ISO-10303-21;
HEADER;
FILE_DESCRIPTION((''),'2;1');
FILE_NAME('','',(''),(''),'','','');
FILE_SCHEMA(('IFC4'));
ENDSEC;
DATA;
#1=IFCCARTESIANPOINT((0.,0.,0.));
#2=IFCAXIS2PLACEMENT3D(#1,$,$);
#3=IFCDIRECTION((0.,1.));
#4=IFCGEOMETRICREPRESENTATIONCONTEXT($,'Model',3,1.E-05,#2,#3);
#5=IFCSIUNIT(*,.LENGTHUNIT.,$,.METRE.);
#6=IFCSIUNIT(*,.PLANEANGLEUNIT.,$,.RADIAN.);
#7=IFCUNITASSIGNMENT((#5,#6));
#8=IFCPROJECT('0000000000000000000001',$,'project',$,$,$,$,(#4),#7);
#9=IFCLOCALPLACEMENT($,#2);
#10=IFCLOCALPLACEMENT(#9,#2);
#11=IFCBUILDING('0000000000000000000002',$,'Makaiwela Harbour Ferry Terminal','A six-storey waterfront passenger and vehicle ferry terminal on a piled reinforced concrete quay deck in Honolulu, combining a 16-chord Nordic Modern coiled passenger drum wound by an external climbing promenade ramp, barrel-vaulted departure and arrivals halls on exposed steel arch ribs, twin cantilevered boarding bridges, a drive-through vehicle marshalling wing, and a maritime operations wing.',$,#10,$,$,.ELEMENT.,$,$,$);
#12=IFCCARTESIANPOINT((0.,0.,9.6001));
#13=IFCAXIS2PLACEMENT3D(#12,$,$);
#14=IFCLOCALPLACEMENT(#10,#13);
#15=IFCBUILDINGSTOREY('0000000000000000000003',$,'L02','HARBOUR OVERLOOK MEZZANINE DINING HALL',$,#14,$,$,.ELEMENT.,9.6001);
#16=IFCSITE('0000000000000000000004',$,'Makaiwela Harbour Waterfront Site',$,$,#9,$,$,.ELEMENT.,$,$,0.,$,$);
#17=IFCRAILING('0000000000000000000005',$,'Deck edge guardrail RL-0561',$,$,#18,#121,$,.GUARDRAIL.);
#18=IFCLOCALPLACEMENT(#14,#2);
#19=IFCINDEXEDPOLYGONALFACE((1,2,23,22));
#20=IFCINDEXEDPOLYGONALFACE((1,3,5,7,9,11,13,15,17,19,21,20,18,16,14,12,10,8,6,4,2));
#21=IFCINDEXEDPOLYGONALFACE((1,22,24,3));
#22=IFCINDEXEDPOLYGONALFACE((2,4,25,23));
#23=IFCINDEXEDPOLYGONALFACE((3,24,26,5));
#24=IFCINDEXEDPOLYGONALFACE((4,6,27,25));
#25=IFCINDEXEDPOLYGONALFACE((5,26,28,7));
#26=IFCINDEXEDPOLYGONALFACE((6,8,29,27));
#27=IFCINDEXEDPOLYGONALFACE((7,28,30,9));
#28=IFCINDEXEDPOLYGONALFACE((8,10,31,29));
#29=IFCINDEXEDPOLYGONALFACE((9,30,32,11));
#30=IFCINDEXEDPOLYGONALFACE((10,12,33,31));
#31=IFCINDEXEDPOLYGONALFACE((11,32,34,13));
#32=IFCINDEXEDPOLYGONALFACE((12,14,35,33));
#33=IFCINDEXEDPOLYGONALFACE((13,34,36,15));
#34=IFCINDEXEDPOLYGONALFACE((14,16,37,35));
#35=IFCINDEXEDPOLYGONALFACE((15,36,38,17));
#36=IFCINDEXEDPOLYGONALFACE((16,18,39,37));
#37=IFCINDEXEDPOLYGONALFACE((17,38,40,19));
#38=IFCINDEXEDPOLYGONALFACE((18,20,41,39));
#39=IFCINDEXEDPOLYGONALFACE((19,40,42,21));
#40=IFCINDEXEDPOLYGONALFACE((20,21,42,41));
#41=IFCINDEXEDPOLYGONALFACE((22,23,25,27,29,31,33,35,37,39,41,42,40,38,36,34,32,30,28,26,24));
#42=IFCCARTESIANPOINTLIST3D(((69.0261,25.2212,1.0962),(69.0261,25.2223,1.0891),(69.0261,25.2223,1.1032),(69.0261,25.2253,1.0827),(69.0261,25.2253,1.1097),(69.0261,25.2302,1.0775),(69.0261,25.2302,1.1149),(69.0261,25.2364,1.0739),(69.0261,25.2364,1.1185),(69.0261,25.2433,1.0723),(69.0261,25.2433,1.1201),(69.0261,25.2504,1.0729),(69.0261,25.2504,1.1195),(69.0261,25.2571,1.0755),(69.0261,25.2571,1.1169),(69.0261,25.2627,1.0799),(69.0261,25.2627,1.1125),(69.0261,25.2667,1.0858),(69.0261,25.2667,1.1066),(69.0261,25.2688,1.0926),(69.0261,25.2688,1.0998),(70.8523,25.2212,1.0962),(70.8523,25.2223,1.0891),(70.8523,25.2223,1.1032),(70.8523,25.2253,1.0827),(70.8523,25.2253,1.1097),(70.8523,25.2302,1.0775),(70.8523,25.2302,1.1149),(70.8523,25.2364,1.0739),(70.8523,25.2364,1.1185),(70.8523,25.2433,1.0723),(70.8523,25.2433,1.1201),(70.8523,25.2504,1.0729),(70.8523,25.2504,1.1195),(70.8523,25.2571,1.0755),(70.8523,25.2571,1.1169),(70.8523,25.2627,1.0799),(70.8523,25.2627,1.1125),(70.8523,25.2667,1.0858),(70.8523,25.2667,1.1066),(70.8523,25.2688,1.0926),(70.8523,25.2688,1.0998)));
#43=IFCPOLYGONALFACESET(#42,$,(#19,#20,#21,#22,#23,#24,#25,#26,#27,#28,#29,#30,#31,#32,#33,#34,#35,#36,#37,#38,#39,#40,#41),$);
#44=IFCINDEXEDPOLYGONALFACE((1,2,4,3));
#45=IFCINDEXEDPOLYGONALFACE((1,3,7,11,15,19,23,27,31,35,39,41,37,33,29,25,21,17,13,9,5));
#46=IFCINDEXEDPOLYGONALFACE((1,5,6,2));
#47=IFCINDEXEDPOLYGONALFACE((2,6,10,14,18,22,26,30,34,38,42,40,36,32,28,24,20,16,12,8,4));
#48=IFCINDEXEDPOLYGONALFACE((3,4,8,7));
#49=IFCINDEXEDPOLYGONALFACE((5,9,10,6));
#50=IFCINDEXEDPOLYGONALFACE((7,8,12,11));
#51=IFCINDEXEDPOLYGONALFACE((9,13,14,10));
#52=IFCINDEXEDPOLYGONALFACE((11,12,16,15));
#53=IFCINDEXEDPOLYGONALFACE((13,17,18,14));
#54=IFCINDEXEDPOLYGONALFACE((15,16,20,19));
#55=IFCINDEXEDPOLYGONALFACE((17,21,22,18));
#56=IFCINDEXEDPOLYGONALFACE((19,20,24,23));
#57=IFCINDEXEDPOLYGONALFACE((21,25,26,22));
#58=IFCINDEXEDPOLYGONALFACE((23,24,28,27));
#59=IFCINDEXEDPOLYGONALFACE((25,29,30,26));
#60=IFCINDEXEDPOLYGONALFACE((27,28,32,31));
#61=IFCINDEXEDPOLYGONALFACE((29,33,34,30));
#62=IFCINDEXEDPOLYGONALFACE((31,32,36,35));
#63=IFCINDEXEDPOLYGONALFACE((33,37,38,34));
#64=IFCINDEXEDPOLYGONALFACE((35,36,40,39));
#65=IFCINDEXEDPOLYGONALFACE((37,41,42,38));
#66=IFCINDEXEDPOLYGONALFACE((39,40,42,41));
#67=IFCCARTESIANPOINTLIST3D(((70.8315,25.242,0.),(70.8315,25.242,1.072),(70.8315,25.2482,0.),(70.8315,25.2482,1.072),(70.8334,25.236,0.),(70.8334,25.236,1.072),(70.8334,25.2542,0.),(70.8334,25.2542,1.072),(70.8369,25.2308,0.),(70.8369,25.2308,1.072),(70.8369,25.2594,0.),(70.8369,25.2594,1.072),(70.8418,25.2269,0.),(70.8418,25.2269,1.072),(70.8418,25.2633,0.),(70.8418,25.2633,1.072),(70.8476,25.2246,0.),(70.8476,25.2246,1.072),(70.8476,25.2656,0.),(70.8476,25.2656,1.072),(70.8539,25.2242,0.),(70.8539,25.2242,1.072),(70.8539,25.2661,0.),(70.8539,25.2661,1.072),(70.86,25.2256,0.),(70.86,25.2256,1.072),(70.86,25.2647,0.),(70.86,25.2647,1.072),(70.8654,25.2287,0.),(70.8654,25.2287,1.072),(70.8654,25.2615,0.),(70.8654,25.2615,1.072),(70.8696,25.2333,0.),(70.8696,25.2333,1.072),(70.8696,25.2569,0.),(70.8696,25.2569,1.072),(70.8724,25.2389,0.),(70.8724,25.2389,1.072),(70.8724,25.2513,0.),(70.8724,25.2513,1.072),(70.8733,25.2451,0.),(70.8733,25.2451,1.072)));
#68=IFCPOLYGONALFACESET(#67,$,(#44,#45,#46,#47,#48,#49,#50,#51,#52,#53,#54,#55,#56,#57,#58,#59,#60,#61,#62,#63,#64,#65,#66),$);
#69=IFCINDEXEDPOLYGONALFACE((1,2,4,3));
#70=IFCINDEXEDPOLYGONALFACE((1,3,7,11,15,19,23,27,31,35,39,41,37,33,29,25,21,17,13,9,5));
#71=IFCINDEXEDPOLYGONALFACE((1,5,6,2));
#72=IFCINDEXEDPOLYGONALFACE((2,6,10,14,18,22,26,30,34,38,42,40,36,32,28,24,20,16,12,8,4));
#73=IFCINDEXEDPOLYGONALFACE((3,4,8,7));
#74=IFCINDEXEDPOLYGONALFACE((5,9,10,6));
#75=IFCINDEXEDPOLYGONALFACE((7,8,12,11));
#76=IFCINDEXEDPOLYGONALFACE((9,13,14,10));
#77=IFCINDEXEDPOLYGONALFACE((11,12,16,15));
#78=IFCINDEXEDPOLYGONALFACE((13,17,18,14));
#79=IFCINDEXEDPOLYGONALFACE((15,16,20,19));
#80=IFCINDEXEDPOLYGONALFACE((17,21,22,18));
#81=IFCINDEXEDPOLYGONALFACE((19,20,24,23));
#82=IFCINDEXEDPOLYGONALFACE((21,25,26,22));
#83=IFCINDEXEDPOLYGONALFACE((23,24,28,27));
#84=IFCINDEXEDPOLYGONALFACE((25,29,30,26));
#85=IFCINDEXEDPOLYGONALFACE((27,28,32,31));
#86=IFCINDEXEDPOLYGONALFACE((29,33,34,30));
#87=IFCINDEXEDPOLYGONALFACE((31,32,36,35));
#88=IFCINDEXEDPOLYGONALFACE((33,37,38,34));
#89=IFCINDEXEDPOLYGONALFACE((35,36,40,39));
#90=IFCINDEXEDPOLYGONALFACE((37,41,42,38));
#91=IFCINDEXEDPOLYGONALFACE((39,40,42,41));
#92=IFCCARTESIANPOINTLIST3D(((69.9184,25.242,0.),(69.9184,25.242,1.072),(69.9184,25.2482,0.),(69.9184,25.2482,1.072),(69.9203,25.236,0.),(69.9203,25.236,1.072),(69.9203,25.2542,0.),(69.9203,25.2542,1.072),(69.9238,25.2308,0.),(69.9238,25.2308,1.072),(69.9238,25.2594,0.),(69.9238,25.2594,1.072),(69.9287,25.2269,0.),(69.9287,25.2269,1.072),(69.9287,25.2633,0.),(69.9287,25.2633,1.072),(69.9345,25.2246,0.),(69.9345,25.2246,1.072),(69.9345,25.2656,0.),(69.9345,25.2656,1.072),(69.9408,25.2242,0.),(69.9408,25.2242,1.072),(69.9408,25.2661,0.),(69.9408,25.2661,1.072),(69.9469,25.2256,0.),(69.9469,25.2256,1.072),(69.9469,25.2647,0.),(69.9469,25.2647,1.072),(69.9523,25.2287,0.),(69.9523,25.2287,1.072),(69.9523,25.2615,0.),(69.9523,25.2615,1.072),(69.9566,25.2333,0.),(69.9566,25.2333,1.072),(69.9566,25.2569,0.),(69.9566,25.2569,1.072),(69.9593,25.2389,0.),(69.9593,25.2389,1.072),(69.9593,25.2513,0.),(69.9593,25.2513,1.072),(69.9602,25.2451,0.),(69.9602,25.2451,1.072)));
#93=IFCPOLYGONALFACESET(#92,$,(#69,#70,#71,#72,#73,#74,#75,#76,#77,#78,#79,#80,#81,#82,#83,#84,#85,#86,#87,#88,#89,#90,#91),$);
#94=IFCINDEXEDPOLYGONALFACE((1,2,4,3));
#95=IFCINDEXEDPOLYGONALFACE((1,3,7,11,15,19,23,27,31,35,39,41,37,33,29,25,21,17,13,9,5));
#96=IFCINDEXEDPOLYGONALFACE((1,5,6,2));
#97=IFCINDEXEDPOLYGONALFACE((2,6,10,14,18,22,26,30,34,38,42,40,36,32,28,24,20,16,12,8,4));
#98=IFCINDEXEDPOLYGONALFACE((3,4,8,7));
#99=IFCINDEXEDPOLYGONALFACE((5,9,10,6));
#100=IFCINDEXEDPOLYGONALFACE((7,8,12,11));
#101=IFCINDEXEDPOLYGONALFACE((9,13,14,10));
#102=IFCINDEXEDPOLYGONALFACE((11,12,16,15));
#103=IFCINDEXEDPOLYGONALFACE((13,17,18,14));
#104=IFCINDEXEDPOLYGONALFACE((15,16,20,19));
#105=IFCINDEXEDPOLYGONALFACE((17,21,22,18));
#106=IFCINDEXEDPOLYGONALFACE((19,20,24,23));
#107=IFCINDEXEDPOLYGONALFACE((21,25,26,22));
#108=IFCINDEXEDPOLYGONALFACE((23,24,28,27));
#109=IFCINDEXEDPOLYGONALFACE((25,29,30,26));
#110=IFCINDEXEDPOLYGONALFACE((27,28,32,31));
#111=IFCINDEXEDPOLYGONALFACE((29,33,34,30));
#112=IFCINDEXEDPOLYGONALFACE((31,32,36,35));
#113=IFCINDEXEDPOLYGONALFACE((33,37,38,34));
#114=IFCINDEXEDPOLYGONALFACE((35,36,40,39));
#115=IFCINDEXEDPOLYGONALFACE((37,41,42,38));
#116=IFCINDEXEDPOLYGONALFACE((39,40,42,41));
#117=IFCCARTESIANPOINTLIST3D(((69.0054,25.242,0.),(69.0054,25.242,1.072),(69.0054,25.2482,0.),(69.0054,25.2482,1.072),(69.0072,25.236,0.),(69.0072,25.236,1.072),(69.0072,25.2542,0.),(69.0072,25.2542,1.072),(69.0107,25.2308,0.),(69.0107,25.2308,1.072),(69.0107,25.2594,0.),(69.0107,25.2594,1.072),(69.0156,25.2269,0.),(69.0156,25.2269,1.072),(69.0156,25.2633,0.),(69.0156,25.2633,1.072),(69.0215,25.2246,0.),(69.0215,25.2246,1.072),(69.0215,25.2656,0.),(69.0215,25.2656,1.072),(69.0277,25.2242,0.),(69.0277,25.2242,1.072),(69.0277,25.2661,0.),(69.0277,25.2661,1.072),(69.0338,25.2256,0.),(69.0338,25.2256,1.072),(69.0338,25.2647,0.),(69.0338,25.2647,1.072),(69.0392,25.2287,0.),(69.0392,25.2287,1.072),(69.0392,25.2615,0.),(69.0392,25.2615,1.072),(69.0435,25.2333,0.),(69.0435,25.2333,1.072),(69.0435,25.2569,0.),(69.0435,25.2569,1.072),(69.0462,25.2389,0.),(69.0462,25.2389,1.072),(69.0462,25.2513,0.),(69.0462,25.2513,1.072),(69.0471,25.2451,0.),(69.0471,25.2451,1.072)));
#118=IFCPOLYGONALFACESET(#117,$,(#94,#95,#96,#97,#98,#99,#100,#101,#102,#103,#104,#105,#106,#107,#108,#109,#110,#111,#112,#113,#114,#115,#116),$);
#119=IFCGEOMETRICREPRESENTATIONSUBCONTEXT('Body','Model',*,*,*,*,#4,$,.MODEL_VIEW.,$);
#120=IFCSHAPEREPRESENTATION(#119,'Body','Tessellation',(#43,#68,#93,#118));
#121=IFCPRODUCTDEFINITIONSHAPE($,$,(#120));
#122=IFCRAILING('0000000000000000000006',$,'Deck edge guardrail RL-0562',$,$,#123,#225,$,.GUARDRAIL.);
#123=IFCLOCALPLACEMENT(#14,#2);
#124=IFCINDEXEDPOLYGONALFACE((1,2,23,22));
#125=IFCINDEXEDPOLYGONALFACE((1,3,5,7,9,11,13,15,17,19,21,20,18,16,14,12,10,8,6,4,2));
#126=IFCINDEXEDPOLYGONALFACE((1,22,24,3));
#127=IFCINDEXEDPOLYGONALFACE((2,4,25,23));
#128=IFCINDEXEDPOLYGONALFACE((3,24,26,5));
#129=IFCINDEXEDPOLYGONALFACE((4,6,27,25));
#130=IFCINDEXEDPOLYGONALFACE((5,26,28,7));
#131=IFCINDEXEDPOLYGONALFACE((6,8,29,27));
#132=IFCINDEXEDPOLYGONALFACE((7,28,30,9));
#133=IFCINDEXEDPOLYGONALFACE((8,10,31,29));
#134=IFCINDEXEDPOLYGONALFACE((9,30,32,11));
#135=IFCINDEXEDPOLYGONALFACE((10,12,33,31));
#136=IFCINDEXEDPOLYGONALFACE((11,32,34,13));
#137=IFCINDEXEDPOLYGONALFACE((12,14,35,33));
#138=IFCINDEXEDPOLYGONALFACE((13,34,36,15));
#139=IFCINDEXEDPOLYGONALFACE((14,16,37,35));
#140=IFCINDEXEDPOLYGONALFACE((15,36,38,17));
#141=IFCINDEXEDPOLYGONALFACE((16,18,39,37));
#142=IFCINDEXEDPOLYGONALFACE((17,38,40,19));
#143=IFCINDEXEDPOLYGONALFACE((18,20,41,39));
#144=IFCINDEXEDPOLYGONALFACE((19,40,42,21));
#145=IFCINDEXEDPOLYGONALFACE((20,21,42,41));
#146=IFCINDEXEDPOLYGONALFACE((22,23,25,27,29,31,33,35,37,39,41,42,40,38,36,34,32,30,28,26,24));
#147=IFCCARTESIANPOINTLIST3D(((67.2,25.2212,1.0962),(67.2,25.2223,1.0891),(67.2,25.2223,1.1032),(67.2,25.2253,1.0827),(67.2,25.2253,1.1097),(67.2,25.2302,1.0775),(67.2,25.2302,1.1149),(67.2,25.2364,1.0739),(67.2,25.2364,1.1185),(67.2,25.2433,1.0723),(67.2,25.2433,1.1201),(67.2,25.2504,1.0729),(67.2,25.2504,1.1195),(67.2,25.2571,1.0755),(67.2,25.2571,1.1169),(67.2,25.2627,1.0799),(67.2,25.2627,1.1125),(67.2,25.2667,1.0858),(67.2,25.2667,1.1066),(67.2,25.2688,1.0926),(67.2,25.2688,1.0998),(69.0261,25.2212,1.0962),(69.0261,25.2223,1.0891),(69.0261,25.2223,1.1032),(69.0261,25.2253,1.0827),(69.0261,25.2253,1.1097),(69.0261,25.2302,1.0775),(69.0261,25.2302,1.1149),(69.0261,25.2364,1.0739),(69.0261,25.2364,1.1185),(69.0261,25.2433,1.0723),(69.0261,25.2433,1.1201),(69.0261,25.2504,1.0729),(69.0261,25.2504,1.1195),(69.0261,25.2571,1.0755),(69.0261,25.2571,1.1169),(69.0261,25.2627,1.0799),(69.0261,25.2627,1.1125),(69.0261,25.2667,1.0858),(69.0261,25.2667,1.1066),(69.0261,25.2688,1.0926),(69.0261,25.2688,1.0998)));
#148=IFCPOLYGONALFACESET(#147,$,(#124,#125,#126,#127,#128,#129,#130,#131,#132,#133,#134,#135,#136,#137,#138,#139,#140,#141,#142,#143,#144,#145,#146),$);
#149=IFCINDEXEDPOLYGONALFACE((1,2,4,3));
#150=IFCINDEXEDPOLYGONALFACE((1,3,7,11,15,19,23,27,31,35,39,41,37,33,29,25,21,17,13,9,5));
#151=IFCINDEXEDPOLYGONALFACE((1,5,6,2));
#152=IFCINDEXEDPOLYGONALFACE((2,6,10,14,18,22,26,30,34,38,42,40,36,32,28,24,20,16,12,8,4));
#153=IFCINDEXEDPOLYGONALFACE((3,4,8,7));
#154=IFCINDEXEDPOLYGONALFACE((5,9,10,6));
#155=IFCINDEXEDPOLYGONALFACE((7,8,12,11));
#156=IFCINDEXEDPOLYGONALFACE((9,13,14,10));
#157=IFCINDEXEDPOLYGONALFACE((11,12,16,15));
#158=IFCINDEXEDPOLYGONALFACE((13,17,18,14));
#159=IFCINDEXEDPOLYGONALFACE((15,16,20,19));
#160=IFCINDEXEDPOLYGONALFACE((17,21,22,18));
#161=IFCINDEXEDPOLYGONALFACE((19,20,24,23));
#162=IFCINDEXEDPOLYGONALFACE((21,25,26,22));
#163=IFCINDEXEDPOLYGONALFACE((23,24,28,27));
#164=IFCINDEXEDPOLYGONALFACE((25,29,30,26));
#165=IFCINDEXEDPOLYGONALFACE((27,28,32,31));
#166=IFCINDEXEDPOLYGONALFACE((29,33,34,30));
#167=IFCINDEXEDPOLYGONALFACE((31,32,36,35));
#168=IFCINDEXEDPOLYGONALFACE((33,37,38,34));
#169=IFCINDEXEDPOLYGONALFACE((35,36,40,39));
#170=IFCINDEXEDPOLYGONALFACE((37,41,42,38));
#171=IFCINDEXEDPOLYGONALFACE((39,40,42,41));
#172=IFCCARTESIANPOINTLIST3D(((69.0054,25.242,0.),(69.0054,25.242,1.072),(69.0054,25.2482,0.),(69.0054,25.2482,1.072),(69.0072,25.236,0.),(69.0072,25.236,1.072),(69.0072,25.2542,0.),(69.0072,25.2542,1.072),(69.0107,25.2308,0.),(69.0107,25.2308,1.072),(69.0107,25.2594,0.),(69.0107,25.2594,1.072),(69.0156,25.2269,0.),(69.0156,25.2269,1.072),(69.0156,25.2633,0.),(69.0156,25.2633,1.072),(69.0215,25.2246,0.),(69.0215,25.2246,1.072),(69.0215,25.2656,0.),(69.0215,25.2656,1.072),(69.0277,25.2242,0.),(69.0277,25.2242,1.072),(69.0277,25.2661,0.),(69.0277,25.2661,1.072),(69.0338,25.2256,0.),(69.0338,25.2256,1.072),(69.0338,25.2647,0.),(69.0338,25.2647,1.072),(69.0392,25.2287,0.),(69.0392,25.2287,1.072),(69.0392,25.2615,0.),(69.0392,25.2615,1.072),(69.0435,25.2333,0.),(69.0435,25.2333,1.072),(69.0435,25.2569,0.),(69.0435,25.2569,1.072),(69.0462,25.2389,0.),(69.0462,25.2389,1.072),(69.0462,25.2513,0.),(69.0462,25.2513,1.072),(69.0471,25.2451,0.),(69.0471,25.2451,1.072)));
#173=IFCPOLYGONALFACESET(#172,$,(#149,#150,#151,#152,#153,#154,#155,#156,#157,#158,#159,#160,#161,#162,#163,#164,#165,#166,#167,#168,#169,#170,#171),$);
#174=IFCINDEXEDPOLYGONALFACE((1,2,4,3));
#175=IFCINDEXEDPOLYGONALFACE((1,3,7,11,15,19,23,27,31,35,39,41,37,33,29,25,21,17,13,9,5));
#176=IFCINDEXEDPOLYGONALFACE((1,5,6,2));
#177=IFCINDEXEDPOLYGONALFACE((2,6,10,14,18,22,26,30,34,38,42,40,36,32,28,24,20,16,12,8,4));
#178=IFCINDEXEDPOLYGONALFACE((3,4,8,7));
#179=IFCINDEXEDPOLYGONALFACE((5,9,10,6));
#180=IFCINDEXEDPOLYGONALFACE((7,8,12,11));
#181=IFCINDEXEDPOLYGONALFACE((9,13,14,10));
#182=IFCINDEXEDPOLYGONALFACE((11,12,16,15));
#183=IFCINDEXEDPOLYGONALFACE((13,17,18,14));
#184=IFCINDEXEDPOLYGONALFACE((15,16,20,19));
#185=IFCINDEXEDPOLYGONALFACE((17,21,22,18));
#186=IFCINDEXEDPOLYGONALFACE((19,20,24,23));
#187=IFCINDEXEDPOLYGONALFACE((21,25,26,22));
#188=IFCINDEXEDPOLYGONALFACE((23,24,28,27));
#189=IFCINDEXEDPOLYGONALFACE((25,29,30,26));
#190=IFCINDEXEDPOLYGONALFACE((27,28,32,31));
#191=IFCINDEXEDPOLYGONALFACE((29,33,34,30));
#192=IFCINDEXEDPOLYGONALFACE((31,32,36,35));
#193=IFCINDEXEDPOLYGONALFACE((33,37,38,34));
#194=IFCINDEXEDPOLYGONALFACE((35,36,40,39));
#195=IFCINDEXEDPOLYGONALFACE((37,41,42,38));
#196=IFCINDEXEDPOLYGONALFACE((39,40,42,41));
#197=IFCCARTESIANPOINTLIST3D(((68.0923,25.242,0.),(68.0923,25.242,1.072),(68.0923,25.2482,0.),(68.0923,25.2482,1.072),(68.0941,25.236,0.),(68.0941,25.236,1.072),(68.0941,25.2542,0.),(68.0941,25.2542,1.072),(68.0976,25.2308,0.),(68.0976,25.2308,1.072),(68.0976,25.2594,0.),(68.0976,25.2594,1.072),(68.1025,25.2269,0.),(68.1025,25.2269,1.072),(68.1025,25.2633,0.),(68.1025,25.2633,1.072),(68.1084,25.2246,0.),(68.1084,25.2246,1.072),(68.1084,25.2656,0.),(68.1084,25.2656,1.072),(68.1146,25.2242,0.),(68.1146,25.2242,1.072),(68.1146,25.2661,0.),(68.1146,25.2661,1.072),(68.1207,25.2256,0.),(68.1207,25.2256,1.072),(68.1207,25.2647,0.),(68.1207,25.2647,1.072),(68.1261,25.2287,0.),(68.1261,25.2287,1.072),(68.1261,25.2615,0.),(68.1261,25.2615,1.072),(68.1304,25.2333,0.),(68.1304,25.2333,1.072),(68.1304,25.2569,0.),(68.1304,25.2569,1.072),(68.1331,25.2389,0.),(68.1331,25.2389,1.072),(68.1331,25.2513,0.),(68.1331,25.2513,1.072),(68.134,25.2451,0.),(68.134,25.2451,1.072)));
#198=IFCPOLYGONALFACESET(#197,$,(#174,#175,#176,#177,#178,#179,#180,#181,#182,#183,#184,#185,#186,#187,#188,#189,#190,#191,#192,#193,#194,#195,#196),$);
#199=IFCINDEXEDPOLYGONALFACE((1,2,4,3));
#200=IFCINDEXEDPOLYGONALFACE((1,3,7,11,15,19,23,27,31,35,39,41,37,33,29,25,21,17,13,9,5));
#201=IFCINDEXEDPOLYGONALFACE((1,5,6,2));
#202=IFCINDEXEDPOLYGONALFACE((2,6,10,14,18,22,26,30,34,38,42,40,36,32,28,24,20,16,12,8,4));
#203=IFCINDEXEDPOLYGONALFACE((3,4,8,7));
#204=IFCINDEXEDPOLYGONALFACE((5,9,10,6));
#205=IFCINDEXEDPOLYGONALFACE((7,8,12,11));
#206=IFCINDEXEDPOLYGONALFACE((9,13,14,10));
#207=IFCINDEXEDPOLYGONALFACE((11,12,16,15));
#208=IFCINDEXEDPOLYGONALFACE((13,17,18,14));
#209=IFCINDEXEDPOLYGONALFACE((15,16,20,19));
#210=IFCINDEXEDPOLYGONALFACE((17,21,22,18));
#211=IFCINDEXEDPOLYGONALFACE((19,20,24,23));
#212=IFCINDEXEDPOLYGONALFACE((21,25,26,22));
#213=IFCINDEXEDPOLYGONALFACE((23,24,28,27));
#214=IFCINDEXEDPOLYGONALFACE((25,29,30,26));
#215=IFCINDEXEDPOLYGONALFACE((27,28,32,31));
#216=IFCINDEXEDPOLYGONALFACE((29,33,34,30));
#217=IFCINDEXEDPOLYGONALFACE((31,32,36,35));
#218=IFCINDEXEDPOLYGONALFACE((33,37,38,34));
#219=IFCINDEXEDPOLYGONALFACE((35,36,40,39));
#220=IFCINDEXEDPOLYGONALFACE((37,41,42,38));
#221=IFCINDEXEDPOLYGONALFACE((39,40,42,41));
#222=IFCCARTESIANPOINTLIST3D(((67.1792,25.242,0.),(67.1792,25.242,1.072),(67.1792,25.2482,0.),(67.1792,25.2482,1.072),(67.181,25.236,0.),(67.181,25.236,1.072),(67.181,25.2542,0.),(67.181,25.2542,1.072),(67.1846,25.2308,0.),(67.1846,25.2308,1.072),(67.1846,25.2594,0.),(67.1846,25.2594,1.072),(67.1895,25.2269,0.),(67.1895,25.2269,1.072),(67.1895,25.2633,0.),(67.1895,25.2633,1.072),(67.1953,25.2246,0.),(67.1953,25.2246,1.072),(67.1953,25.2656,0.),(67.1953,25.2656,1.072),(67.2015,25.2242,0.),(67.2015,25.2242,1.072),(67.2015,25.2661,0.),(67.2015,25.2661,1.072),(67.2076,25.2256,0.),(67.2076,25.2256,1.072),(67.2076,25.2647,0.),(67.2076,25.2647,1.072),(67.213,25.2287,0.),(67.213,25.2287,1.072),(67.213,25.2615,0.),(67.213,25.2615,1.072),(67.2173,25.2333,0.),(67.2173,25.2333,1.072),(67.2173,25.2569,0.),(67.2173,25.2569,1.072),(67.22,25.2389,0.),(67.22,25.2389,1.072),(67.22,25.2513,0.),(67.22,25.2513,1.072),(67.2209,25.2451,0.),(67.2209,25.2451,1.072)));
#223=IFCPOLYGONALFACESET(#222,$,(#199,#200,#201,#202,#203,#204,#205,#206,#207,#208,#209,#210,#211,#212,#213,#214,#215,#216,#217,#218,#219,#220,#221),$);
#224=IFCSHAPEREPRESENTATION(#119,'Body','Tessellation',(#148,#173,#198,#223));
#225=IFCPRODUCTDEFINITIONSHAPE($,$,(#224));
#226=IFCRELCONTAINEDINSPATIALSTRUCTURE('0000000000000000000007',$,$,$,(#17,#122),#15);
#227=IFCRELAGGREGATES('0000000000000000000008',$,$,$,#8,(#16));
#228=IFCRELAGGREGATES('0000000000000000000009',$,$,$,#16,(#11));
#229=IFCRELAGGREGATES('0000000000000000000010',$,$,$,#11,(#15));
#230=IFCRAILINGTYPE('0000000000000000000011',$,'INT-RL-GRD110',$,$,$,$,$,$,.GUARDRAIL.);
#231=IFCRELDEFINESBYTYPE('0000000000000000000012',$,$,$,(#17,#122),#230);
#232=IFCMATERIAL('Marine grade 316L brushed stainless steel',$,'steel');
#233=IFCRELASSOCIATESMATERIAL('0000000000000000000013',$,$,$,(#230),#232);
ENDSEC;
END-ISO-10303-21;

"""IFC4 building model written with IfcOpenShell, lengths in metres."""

from ifc_helpers import new_model, si_unit, direction, frame, origin, origin_2d, place, context, subcontext, project, spatial, circle, extrude, material, type_object, element, save


model = new_model("IFC4")

# Units and contexts
model_context = context("Model", 3, precision=1e-05, world=origin(), true_north=direction((0.0, 1.0)))
body_context = subcontext(model_context, "Body", "Model", "MODEL_VIEW")
ifc_project = project(units=[si_unit("LENGTHUNIT", "METRE"), si_unit("PLANEANGLEUNIT", "RADIAN")], contexts=[model_context])

# Site, building, storey
site_placement = place(None, origin())
site = spatial("IfcSite", under=ifc_project, at=site_placement, Name="Makaiwela Harbour Waterfront Site", CompositionType="ELEMENT", RefElevation=0.0)
building_placement = place(site_placement, origin())
building = spatial("IfcBuilding", under=site, at=building_placement, Name="Makaiwela Harbour Ferry Terminal", Description="A six-storey waterfront passenger and vehicle ferry terminal on a piled reinforced concrete quay deck in Honolulu, combining a 16-chord Nordic Modern coiled passenger drum wound by an external climbing promenade ramp, barrel-vaulted departure and arrivals halls on exposed steel arch ribs, twin cantilevered boarding bridges, a drive-through vehicle marshalling wing, and a maritime operations wing.", CompositionType="ELEMENT")
storey_placement = place(building_placement, frame((0.0, 0.0, 9.6001)))
storey = spatial("IfcBuildingStorey", under=building, at=storey_placement, Name="L02", Description="HARBOUR OVERLOOK MEZZANINE DINING HALL", CompositionType="ELEMENT", Elevation=9.6001)

# Railings
ifc_material_1 = material(Name="Marine grade 316L brushed stainless steel", Category="steel")
railing_type = type_object("IfcRailingType", Name="INT-RL-GRD110", PredefinedType="GUARDRAIL", material=ifc_material_1)
for number, where, name in (
    (1, (70.8523, 25.2451, 0.0), "Deck edge guardrail RL-0561"),
    (2, (69.0261, 25.2451, 0.0), "Deck edge guardrail RL-0562"),
):
    element("IfcRailing", number, at=place(storey_placement, frame(where)), inside=storey, type_object=railing_type, Name=name, PredefinedType="GUARDRAIL", context=body_context, shape_type="SweptSolid", body=[
        extrude(circle(Radius=0.0239, at=origin_2d()), frame((0.0, 0.0, 1.0962), z_axis=(-1.0, 0.0, 0.0), x_axis=(0.0, -1.0, 0.0)), (0.0, 0.0, 1.0), 1.8262),
        extrude(circle(Radius=0.021, at=origin_2d()), origin(), (0.0, 0.0, 1.0), 1.072),
        extrude(circle(Radius=0.021, at=origin_2d()), frame((-0.9131, 0.0, 0.0)), (0.0, 0.0, 1.0), 1.072),
        extrude(circle(Radius=0.021, at=origin_2d()), frame((-1.8262, 0.0, 0.0)), (0.0, 0.0, 1.0), 1.072),
    ])

save(model, "model.ifc")
